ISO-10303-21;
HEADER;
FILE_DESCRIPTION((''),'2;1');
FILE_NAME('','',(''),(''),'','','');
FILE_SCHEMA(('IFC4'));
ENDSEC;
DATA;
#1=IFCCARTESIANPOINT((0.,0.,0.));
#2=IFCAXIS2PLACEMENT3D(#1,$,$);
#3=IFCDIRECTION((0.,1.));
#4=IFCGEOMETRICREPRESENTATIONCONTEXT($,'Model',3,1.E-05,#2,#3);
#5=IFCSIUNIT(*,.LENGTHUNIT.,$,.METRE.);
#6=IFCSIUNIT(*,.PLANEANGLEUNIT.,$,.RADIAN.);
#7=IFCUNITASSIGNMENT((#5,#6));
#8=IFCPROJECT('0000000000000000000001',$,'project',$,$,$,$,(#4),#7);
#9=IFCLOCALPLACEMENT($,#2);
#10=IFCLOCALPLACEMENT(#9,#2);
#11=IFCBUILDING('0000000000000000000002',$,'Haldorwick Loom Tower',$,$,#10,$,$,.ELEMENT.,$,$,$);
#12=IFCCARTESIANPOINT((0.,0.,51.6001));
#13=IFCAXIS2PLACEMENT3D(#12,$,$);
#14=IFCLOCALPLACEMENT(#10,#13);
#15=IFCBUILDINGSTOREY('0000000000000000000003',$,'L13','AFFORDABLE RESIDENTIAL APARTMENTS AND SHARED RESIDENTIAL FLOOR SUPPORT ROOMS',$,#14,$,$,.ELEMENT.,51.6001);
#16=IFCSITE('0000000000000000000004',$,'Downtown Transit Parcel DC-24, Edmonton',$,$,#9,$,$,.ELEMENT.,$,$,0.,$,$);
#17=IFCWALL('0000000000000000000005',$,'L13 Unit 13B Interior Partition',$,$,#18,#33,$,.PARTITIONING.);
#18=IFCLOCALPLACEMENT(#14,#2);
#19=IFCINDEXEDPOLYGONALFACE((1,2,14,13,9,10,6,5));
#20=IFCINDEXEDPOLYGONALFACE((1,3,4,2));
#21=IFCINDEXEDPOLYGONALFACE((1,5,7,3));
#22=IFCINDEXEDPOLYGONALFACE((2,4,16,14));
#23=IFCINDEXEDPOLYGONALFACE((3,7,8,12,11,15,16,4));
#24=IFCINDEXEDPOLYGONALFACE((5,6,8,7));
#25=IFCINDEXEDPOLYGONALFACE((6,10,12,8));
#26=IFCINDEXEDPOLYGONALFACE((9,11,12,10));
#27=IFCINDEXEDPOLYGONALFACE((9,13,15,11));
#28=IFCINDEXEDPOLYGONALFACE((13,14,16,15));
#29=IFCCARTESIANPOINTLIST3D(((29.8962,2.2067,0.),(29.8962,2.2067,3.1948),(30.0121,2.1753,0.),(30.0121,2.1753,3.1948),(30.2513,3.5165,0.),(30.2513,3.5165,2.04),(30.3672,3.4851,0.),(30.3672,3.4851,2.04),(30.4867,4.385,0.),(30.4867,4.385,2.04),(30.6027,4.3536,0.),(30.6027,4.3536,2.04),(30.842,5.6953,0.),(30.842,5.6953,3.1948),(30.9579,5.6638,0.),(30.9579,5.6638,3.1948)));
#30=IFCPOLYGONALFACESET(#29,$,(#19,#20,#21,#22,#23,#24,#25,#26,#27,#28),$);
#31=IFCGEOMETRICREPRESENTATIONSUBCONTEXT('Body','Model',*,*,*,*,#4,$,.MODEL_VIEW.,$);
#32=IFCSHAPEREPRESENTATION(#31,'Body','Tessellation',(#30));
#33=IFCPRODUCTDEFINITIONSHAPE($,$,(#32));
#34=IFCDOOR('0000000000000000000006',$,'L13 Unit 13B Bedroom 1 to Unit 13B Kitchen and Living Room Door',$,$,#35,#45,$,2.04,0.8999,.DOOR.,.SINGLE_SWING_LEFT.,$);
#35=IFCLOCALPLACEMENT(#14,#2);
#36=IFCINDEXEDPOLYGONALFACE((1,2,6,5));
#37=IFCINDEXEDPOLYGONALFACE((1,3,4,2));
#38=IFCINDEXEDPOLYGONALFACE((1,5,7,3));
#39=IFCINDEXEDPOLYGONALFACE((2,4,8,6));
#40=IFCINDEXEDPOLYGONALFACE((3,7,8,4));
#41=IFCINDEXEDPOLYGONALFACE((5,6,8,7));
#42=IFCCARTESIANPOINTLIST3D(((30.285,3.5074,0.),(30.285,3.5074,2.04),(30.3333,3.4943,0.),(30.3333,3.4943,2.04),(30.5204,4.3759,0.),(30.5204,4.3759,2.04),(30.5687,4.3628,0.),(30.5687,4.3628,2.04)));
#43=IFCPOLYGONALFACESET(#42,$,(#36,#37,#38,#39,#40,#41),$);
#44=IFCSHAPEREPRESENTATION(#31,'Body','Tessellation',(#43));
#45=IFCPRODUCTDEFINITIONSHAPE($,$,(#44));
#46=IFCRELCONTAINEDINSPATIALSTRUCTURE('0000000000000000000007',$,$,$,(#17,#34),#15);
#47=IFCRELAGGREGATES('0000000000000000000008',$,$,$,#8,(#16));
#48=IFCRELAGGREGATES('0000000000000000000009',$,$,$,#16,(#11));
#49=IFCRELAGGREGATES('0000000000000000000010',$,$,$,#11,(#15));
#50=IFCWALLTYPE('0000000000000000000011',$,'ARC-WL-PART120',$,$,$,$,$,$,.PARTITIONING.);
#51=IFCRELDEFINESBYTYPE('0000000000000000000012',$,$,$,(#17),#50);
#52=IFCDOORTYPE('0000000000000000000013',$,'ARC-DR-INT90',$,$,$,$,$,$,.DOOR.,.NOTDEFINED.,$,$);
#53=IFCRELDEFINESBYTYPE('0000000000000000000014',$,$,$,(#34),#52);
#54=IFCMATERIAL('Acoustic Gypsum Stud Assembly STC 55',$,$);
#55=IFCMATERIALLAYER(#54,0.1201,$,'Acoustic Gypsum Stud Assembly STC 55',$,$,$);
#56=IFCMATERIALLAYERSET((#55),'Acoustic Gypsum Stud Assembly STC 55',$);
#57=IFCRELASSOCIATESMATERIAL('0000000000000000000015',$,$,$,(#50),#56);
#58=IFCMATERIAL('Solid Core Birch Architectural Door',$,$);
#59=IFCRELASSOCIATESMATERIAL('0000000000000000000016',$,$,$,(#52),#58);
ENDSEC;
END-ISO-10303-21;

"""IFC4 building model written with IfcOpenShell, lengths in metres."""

from ifc_helpers import new_model, si_unit, direction, frame, frame_2d, origin, place, context, subcontext, project, spatial, rectangle, extrude, material, layer, layer_set, type_object, element, fill, save


model = new_model("IFC4")

# Units and contexts
model_context = context("Model", 3, precision=1e-05, world=origin(), true_north=direction((0.0, 1.0)))
body_context = subcontext(model_context, "Body", "Model", "MODEL_VIEW")
ifc_project = project(units=[si_unit("LENGTHUNIT", "METRE"), si_unit("PLANEANGLEUNIT", "RADIAN")], contexts=[model_context])

# Site, building, storey
site_placement = place(None, origin())
site = spatial("IfcSite", under=ifc_project, at=site_placement, Name="Downtown Transit Parcel DC-24, Edmonton", CompositionType="ELEMENT", RefElevation=0.0)
building_placement = place(site_placement, origin())
building = spatial("IfcBuilding", under=site, at=building_placement, Name="Haldorwick Loom Tower", CompositionType="ELEMENT")
storey_placement = place(building_placement, frame((0.0, 0.0, 51.6001)))
storey = spatial("IfcBuildingStorey", under=building, at=storey_placement, Name="L13", Description="AFFORDABLE RESIDENTIAL APARTMENTS AND SHARED RESIDENTIAL FLOOR SUPPORT ROOMS", CompositionType="ELEMENT", Elevation=51.6001)

# Shared definitions
ifc_material_1 = material(Name="Solid Core Birch Architectural Door")

# Wall, opening, door
ifc_material_2 = material(Name="Acoustic Gypsum Stud Assembly STC 55")
ifc_layer_1 = layer(ifc_material_2, 0.1201, Name="Acoustic Gypsum Stud Assembly STC 55")
ifc_layer_set_1 = layer_set([ifc_layer_1], Name="Acoustic Gypsum Stud Assembly STC 55")
wall_type_1 = type_object("IfcWallType", Name="ARC-WL-PART120", PredefinedType="PARTITIONING", material=ifc_layer_set_1)
wall_1_placement = place(storey_placement, frame((30.8999, 5.6794, 0.0), z_axis=(0.0, 0.0, 1.0), x_axis=(-0.261671, -0.965157, 0.0)))
wall_1 = element("IfcWall", 1, at=wall_1_placement, inside=storey, type_object=wall_type_1, Name="L13 Unit 13B Interior Partition", PredefinedType="PARTITIONING", context=body_context, shape_type="SweptSolid", body=[
    extrude(rectangle(XDim=3.6145, YDim=0.1201, at=frame_2d((1.8071, 0.0))), origin(), (0.0, 0.0, 1.0), 3.1948),
])
opening_1_placement = place(wall_1_placement, frame((1.3574, 0.0, 0.0)))
opening_1 = element("IfcOpeningElement", 2, at=opening_1_placement, cuts=wall_1, PredefinedType="OPENING", context=body_context, shape_type="SweptSolid", body=[
    extrude(rectangle(XDim=0.8999, YDim=2.04, at=frame_2d((0.45, 1.02))), frame((0.0, 0.0701, 0.0), z_axis=(0.0, -1.0, 0.0), x_axis=(1.0, 0.0, 0.0)), (0.0, 0.0, 1.0), 0.1401),
])
door_type_1 = type_object("IfcDoorType", Name="ARC-DR-INT90", OperationType="NOTDEFINED", PredefinedType="DOOR", material=ifc_material_1)
door_1_placement = place(opening_1_placement, origin())
door_1 = element("IfcDoor", 3, at=door_1_placement, inside=storey, type_object=door_type_1, Name="L13 Unit 13B Bedroom 1 to Unit 13B Kitchen and Living Room Door", OperationType="SINGLE_SWING_LEFT", OverallHeight=2.04, OverallWidth=0.8999, PredefinedType="DOOR", context=body_context, shape_type="SweptSolid", body=[
    extrude(rectangle(XDim=0.8999, YDim=2.04, at=frame_2d((0.45, 1.02))), frame((0.0, 0.0249, 0.0), z_axis=(0.0, -1.0, 0.0), x_axis=(1.0, 0.0, 0.0)), (0.0, 0.0, 1.0), 0.05),
])
fill(opening_1, door_1)

save(model, "model.ifc")
